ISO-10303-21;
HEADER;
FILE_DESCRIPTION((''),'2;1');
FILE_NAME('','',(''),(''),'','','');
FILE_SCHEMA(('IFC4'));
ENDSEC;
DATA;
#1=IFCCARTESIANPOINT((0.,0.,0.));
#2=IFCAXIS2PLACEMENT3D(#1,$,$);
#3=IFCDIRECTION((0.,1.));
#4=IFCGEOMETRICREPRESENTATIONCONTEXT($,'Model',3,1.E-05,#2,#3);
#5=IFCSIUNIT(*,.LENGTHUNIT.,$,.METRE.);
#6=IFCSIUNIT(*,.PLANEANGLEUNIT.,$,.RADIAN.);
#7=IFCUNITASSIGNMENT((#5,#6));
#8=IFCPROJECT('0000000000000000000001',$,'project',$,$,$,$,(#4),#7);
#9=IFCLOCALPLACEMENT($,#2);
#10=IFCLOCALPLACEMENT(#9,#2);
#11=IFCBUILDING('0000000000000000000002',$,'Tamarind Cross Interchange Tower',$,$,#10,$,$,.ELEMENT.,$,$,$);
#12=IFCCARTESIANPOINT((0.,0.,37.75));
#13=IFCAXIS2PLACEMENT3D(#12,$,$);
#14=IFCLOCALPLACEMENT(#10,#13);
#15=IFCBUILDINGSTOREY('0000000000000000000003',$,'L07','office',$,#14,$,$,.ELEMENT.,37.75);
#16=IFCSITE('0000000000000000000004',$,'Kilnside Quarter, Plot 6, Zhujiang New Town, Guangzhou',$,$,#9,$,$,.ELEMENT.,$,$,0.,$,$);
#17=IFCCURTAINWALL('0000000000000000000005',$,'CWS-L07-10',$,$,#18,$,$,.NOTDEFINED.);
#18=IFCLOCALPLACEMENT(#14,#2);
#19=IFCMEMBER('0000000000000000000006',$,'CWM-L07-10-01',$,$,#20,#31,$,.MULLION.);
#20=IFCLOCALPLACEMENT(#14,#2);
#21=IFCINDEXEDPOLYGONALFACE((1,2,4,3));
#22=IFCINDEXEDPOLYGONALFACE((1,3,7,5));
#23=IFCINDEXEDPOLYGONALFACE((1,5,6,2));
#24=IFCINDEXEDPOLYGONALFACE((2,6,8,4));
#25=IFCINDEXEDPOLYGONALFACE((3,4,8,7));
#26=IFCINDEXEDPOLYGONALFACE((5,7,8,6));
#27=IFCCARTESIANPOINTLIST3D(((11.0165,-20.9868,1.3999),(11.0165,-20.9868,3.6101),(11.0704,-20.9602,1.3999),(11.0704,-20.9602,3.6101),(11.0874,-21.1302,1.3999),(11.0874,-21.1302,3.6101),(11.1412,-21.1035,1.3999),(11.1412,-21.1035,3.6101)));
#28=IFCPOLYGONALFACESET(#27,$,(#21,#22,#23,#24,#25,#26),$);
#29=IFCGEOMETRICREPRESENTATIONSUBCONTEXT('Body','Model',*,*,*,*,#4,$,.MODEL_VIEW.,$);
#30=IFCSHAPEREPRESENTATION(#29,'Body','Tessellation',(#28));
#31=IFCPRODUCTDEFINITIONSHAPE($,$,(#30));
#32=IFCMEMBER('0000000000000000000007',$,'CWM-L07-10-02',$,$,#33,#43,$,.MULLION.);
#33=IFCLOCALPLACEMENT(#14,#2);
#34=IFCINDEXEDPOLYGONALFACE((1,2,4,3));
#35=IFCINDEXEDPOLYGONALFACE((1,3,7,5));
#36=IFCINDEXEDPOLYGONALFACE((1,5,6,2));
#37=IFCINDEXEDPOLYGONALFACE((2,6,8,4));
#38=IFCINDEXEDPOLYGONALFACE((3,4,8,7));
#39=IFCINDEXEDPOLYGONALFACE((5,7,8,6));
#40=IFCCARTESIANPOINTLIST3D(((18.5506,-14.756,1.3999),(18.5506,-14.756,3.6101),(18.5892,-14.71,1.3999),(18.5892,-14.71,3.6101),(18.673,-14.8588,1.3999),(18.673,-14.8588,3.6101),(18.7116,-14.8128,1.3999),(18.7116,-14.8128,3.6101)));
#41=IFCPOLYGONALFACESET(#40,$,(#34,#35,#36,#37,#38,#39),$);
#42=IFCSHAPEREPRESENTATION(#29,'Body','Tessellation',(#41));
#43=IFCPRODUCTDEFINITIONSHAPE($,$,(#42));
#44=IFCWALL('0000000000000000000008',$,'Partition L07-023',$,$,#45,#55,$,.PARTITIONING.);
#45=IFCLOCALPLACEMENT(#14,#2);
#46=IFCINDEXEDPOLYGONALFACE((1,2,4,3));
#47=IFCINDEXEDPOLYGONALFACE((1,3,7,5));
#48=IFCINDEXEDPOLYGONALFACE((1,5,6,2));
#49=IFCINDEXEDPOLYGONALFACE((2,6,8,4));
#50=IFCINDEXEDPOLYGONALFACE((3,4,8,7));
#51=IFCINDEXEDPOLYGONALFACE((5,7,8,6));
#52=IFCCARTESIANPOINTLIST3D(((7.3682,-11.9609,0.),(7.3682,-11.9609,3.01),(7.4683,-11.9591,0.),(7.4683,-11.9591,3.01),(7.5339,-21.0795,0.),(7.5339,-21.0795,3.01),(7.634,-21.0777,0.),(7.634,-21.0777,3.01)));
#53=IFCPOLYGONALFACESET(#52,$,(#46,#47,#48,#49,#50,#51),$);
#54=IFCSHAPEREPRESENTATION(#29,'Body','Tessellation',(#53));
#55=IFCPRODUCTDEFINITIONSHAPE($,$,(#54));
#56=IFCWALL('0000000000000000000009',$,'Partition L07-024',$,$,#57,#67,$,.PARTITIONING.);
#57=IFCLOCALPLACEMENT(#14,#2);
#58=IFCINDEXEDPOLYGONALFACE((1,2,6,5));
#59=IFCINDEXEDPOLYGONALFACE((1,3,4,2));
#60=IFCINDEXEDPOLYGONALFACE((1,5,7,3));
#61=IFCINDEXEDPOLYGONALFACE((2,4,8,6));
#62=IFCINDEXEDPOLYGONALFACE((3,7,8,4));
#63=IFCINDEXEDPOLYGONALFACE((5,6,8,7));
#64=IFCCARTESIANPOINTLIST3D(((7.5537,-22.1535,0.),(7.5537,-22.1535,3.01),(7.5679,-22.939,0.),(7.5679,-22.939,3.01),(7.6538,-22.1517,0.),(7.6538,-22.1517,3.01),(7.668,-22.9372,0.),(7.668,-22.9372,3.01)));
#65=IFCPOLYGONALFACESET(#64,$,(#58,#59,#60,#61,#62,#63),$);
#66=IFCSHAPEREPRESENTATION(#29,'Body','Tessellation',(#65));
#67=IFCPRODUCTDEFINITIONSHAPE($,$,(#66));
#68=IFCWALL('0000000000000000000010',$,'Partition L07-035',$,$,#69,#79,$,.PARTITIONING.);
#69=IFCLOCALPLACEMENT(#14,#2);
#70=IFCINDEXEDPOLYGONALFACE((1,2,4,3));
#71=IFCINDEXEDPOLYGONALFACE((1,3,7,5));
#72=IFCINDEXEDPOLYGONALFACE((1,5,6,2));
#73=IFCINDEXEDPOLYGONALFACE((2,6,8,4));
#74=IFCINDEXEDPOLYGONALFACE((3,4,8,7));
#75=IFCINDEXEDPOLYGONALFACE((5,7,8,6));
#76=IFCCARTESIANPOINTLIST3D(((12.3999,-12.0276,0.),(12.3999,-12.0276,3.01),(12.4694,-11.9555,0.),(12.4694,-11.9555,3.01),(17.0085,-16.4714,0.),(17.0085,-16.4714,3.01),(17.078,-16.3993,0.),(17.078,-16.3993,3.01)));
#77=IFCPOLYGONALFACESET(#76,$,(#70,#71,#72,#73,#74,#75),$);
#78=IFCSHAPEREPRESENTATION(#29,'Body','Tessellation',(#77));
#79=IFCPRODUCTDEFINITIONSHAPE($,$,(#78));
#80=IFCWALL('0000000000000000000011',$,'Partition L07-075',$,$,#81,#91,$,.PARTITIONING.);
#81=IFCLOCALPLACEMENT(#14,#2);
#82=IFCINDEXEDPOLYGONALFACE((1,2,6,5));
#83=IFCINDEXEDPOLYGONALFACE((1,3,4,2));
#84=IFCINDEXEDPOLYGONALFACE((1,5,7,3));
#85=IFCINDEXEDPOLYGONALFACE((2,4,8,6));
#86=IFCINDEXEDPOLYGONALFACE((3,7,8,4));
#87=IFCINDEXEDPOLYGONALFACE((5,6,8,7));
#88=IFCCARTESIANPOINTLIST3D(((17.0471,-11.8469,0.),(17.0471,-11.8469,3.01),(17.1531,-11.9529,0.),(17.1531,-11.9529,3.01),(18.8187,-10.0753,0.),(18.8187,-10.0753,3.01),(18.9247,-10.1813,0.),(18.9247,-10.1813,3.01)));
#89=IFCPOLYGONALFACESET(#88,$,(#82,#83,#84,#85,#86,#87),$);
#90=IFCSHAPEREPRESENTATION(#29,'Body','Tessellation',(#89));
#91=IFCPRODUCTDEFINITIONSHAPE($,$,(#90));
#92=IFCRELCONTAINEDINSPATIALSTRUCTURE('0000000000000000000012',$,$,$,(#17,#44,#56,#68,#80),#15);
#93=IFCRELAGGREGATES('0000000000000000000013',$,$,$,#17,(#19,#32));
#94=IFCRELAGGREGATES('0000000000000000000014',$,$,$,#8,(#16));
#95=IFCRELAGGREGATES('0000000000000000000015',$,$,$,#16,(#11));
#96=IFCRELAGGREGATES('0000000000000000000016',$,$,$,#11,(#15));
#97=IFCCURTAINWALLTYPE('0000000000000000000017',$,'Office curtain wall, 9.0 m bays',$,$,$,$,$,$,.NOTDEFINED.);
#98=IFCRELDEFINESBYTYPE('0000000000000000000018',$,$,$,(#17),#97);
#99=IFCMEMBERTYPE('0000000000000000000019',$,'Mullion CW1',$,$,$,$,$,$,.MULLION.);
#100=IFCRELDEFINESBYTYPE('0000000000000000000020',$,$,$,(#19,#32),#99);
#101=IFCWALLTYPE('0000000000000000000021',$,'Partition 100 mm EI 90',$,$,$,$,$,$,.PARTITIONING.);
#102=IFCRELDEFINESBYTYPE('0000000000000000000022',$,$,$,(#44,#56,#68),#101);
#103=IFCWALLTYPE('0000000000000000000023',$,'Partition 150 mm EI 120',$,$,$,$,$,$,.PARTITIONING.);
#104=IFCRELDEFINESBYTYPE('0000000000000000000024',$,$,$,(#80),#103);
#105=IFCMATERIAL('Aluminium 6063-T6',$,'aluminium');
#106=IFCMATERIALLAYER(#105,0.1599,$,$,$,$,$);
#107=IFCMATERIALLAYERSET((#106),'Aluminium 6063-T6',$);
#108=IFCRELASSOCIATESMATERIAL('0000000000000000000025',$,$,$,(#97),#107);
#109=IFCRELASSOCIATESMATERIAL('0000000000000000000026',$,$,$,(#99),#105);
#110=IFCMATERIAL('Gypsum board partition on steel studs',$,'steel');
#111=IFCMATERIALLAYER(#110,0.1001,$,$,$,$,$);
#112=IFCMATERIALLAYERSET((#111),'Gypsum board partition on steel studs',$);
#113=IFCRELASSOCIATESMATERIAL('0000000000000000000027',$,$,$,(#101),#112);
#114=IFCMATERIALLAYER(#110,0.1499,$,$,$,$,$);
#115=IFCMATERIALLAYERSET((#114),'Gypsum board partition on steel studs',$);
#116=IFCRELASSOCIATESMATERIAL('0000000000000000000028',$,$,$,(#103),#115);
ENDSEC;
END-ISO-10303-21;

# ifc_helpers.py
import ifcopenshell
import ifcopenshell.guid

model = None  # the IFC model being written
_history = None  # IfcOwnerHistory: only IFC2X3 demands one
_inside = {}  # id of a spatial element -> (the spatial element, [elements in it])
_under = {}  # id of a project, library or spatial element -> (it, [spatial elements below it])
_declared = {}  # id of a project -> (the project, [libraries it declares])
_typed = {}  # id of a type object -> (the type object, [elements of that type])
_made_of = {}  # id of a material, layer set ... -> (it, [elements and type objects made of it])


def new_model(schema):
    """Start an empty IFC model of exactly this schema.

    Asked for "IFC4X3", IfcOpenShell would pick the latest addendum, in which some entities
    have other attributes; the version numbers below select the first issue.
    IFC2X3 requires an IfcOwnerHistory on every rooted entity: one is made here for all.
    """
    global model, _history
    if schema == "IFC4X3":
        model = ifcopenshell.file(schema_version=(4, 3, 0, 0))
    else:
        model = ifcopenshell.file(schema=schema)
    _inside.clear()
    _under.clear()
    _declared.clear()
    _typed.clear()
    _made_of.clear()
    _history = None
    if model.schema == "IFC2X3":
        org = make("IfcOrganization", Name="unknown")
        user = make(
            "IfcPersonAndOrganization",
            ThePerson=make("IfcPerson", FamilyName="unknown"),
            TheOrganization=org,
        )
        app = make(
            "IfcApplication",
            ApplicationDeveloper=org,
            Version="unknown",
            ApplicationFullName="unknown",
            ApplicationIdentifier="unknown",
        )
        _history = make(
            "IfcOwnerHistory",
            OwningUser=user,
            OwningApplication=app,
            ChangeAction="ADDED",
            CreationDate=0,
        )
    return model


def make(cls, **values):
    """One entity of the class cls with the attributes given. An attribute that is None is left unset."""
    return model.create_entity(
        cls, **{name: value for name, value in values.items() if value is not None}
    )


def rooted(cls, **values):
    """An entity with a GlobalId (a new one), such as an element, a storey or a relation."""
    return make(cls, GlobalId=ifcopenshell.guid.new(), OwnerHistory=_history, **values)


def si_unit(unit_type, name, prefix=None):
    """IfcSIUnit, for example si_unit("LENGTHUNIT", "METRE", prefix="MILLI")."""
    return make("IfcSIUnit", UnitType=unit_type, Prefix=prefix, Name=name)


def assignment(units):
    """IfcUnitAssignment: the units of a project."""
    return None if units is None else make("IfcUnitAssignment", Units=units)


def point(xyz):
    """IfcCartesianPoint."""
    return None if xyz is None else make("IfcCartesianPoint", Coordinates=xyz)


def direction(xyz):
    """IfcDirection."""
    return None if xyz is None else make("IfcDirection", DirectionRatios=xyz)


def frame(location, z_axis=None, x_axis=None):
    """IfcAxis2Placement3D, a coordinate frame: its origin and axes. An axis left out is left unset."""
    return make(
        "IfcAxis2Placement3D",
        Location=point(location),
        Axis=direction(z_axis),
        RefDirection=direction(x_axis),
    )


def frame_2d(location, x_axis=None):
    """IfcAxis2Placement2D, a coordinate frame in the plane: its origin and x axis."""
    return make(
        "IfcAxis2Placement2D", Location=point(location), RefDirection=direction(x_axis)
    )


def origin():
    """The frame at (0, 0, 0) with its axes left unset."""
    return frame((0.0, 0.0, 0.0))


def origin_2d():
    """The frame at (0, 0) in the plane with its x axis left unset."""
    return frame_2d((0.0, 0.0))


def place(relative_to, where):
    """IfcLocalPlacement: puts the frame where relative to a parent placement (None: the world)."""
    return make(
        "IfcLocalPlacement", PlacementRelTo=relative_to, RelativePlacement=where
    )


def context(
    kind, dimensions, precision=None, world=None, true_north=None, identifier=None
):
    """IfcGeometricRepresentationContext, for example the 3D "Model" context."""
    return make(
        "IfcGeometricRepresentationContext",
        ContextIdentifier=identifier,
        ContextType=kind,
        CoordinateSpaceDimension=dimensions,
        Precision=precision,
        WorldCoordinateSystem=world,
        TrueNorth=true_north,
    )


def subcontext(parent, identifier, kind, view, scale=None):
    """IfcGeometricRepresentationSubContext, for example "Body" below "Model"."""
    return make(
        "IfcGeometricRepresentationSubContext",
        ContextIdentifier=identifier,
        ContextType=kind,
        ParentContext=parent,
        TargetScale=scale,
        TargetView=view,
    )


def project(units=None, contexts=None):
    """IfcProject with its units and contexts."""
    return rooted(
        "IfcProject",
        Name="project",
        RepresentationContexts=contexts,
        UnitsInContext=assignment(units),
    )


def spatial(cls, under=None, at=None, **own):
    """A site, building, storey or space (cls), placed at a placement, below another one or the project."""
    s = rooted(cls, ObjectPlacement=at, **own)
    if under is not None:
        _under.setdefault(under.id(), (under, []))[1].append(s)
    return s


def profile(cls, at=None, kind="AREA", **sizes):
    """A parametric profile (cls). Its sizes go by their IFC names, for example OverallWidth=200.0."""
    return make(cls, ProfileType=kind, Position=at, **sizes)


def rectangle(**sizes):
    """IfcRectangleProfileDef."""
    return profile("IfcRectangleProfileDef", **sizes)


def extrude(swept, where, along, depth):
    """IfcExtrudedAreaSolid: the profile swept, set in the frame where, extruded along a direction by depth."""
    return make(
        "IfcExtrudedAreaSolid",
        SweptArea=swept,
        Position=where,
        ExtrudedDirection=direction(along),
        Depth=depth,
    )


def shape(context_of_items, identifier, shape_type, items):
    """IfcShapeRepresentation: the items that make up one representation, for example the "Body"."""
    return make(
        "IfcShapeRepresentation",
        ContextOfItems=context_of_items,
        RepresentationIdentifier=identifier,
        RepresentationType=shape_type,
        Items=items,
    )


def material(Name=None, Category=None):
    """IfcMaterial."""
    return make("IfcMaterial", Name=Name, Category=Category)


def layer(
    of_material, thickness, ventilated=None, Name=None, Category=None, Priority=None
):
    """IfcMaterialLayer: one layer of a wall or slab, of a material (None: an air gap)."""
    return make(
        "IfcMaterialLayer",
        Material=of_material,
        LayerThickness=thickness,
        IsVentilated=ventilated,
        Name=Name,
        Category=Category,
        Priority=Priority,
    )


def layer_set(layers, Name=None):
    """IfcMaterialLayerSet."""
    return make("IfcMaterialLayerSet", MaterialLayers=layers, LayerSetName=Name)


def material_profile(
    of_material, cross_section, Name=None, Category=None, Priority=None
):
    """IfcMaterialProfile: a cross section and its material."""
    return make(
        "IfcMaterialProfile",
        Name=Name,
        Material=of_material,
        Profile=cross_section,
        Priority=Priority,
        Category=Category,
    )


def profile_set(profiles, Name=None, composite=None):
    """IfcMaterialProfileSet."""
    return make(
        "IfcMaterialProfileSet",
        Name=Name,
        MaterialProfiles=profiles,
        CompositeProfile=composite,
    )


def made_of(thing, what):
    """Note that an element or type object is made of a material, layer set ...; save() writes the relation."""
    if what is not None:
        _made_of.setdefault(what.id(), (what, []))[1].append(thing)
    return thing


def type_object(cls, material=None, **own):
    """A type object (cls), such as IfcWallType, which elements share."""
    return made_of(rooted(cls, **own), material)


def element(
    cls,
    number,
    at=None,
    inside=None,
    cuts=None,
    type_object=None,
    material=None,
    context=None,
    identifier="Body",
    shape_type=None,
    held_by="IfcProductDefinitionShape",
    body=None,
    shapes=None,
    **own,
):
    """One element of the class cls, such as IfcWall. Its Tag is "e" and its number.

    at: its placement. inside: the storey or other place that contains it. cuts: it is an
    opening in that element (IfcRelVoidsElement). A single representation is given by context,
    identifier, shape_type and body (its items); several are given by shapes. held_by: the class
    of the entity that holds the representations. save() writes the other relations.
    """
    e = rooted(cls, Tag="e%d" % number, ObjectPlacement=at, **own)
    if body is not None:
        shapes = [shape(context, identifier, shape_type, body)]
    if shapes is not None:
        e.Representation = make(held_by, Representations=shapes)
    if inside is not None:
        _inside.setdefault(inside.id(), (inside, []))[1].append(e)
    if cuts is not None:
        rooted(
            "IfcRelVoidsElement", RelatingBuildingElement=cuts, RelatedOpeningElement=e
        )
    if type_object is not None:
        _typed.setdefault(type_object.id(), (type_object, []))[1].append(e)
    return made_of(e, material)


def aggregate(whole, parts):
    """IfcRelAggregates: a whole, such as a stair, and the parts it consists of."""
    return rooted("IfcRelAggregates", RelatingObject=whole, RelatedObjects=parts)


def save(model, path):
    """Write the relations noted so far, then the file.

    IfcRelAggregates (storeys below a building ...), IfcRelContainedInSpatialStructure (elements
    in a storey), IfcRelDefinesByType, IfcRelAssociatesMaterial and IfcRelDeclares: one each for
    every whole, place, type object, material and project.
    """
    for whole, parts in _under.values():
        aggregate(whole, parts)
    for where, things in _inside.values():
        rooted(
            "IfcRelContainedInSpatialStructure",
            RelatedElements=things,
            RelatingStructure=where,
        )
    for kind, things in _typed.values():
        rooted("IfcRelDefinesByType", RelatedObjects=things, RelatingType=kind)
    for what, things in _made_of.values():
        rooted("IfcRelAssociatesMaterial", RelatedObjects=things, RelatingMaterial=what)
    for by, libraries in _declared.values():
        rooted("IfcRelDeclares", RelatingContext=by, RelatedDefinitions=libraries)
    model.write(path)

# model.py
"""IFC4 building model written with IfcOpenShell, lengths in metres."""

from ifc_helpers import new_model, si_unit, direction, frame, frame_2d, origin, origin_2d, place, context, subcontext, project, spatial, rectangle, extrude, material, layer, layer_set, material_profile, profile_set, type_object, element, aggregate, save


model = new_model("IFC4")

# Units and contexts
model_context = context("Model", 3, precision=1e-05, world=origin(), true_north=direction((0.0, 1.0)))
body_context = subcontext(model_context, "Body", "Model", "MODEL_VIEW")
ifc_project = project(units=[si_unit("LENGTHUNIT", "METRE"), si_unit("PLANEANGLEUNIT", "RADIAN")], contexts=[model_context])

# Site, building, storey
site_placement = place(None, origin())
site = spatial("IfcSite", under=ifc_project, at=site_placement, Name="Kilnside Quarter, Plot 6, Zhujiang New Town, Guangzhou", CompositionType="ELEMENT", RefElevation=0.0)
building_placement = place(site_placement, origin())
building = spatial("IfcBuilding", under=site, at=building_placement, Name="Tamarind Cross Interchange Tower", CompositionType="ELEMENT")
storey_placement = place(building_placement, frame((0.0, 0.0, 37.75)))
storey = spatial("IfcBuildingStorey", under=building, at=storey_placement, Name="L07", Description="office", CompositionType="ELEMENT", Elevation=37.75)

# Curtain wall, members
ifc_material_1 = material(Name="Aluminium 6063-T6", Category="aluminium")
ifc_layer_1 = layer(ifc_material_1, 0.1599)
ifc_layer_set_1 = layer_set([ifc_layer_1], Name="Aluminium 6063-T6")
curtain_wall_type = type_object("IfcCurtainWallType", Name="Office curtain wall, 9.0 m bays", PredefinedType="NOTDEFINED", material=ifc_layer_set_1)
curtain_wall_placement = place(storey_placement, origin())
curtain_wall = element("IfcCurtainWall", 1, at=curtain_wall_placement, inside=storey, type_object=curtain_wall_type, Name="CWS-L07-10", PredefinedType="NOTDEFINED")
ifc_material_profile_1 = material_profile(ifc_material_1, rectangle(XDim=0.0601, YDim=0.1599, at=origin_2d()), Name="Mullion CW1")
ifc_profile_set_1 = profile_set([ifc_material_profile_1], Name="Aluminium 6063-T6")
member_type = type_object("IfcMemberType", Name="Mullion CW1", PredefinedType="MULLION", material=ifc_profile_set_1)
member_1_placement = place(storey_placement, frame((11.0789, -21.0452, 1.3999), z_axis=(0.0, 0.0, 1.0), x_axis=(0.896493, 0.443059, 0.0)))
member_1 = element("IfcMember", 2, at=member_1_placement, type_object=member_type, Name="CWM-L07-10-01", PredefinedType="MULLION", context=body_context, shape_type="SweptSolid", body=[
    extrude(rectangle(XDim=0.0601, YDim=0.1599, at=origin_2d()), origin(), (0.0, 0.0, 1.0), 2.2102),
])
member_2_placement = place(storey_placement, frame((18.6311, -14.7844, 1.3999), z_axis=(0.0, 0.0, 1.0), x_axis=(0.643009, 0.765858, 0.0)))
member_2 = element("IfcMember", 3, at=member_2_placement, type_object=member_type, Name="CWM-L07-10-02", PredefinedType="MULLION", context=body_context, shape_type="SweptSolid", body=[
    extrude(rectangle(XDim=0.0601, YDim=0.1599, at=origin_2d()), origin(), (0.0, 0.0, 1.0), 2.2102),
])
aggregate(curtain_wall, [member_1, member_2])

# Walls
ifc_material_2 = material(Name="Gypsum board partition on steel studs", Category="steel")
ifc_layer_2 = layer(ifc_material_2, 0.1001)
ifc_layer_set_2 = layer_set([ifc_layer_2], Name="Gypsum board partition on steel studs")
wall_type_1 = type_object("IfcWallType", Name="Partition 100 mm EI 90", PredefinedType="PARTITIONING", material=ifc_layer_set_2)
wall_1_placement = place(storey_placement, frame((7.4182, -11.96, 0.0), z_axis=(0.0, 0.0, 1.0), x_axis=(0.018176, -0.999835, 0.0)))
element("IfcWall", 4, at=wall_1_placement, inside=storey, type_object=wall_type_1, Name="Partition L07-023", PredefinedType="PARTITIONING", context=body_context, shape_type="SweptSolid", body=[
    extrude(rectangle(XDim=9.1201, YDim=0.1001, at=frame_2d((4.5601, 0.0))), origin(), (0.0, 0.0, 1.0), 3.01),
])
wall_2_placement = place(storey_placement, frame((7.6038, -22.1526, 0.0), z_axis=(0.0, 0.0, 1.0), x_axis=(0.018026, -0.999838, 0.0)))
element("IfcWall", 5, at=wall_2_placement, inside=storey, type_object=wall_type_1, Name="Partition L07-024", PredefinedType="PARTITIONING", context=body_context, shape_type="SweptSolid", body=[
    extrude(rectangle(XDim=0.7856, YDim=0.1001, at=frame_2d((0.3928, 0.0))), origin(), (0.0, 0.0, 1.0), 3.01),
])
wall_3_placement = place(storey_placement, frame((12.4346, -11.9915, 0.0), z_axis=(0.0, 0.0, 1.0), x_axis=(0.71986, -0.694119, 0.0)))
element("IfcWall", 6, at=wall_3_placement, inside=storey, type_object=wall_type_1, Name="Partition L07-035", PredefinedType="PARTITIONING", context=body_context, shape_type="SweptSolid", body=[
    extrude(rectangle(XDim=6.4021, YDim=0.1001, at=frame_2d((3.2012, 0.0))), origin(), (0.0, 0.0, 1.0), 3.01),
])
ifc_layer_3 = layer(ifc_material_2, 0.1499)
ifc_layer_set_3 = layer_set([ifc_layer_3], Name="Gypsum board partition on steel studs")
wall_type_2 = type_object("IfcWallType", Name="Partition 150 mm EI 120", PredefinedType="PARTITIONING", material=ifc_layer_set_3)
wall_4_placement = place(storey_placement, frame((17.1001, -11.8999, 0.0), z_axis=(0.0, 0.0, 1.0), x_axis=(0.707107, 0.707107, 0.0)))
element("IfcWall", 7, at=wall_4_placement, inside=storey, type_object=wall_type_2, Name="Partition L07-075", PredefinedType="PARTITIONING", context=body_context, shape_type="SweptSolid", body=[
    extrude(rectangle(XDim=2.5054, YDim=0.1499, at=frame_2d((1.2527, 0.0))), origin(), (0.0, 0.0, 1.0), 3.01),
])

save(model, "model.ifc")
